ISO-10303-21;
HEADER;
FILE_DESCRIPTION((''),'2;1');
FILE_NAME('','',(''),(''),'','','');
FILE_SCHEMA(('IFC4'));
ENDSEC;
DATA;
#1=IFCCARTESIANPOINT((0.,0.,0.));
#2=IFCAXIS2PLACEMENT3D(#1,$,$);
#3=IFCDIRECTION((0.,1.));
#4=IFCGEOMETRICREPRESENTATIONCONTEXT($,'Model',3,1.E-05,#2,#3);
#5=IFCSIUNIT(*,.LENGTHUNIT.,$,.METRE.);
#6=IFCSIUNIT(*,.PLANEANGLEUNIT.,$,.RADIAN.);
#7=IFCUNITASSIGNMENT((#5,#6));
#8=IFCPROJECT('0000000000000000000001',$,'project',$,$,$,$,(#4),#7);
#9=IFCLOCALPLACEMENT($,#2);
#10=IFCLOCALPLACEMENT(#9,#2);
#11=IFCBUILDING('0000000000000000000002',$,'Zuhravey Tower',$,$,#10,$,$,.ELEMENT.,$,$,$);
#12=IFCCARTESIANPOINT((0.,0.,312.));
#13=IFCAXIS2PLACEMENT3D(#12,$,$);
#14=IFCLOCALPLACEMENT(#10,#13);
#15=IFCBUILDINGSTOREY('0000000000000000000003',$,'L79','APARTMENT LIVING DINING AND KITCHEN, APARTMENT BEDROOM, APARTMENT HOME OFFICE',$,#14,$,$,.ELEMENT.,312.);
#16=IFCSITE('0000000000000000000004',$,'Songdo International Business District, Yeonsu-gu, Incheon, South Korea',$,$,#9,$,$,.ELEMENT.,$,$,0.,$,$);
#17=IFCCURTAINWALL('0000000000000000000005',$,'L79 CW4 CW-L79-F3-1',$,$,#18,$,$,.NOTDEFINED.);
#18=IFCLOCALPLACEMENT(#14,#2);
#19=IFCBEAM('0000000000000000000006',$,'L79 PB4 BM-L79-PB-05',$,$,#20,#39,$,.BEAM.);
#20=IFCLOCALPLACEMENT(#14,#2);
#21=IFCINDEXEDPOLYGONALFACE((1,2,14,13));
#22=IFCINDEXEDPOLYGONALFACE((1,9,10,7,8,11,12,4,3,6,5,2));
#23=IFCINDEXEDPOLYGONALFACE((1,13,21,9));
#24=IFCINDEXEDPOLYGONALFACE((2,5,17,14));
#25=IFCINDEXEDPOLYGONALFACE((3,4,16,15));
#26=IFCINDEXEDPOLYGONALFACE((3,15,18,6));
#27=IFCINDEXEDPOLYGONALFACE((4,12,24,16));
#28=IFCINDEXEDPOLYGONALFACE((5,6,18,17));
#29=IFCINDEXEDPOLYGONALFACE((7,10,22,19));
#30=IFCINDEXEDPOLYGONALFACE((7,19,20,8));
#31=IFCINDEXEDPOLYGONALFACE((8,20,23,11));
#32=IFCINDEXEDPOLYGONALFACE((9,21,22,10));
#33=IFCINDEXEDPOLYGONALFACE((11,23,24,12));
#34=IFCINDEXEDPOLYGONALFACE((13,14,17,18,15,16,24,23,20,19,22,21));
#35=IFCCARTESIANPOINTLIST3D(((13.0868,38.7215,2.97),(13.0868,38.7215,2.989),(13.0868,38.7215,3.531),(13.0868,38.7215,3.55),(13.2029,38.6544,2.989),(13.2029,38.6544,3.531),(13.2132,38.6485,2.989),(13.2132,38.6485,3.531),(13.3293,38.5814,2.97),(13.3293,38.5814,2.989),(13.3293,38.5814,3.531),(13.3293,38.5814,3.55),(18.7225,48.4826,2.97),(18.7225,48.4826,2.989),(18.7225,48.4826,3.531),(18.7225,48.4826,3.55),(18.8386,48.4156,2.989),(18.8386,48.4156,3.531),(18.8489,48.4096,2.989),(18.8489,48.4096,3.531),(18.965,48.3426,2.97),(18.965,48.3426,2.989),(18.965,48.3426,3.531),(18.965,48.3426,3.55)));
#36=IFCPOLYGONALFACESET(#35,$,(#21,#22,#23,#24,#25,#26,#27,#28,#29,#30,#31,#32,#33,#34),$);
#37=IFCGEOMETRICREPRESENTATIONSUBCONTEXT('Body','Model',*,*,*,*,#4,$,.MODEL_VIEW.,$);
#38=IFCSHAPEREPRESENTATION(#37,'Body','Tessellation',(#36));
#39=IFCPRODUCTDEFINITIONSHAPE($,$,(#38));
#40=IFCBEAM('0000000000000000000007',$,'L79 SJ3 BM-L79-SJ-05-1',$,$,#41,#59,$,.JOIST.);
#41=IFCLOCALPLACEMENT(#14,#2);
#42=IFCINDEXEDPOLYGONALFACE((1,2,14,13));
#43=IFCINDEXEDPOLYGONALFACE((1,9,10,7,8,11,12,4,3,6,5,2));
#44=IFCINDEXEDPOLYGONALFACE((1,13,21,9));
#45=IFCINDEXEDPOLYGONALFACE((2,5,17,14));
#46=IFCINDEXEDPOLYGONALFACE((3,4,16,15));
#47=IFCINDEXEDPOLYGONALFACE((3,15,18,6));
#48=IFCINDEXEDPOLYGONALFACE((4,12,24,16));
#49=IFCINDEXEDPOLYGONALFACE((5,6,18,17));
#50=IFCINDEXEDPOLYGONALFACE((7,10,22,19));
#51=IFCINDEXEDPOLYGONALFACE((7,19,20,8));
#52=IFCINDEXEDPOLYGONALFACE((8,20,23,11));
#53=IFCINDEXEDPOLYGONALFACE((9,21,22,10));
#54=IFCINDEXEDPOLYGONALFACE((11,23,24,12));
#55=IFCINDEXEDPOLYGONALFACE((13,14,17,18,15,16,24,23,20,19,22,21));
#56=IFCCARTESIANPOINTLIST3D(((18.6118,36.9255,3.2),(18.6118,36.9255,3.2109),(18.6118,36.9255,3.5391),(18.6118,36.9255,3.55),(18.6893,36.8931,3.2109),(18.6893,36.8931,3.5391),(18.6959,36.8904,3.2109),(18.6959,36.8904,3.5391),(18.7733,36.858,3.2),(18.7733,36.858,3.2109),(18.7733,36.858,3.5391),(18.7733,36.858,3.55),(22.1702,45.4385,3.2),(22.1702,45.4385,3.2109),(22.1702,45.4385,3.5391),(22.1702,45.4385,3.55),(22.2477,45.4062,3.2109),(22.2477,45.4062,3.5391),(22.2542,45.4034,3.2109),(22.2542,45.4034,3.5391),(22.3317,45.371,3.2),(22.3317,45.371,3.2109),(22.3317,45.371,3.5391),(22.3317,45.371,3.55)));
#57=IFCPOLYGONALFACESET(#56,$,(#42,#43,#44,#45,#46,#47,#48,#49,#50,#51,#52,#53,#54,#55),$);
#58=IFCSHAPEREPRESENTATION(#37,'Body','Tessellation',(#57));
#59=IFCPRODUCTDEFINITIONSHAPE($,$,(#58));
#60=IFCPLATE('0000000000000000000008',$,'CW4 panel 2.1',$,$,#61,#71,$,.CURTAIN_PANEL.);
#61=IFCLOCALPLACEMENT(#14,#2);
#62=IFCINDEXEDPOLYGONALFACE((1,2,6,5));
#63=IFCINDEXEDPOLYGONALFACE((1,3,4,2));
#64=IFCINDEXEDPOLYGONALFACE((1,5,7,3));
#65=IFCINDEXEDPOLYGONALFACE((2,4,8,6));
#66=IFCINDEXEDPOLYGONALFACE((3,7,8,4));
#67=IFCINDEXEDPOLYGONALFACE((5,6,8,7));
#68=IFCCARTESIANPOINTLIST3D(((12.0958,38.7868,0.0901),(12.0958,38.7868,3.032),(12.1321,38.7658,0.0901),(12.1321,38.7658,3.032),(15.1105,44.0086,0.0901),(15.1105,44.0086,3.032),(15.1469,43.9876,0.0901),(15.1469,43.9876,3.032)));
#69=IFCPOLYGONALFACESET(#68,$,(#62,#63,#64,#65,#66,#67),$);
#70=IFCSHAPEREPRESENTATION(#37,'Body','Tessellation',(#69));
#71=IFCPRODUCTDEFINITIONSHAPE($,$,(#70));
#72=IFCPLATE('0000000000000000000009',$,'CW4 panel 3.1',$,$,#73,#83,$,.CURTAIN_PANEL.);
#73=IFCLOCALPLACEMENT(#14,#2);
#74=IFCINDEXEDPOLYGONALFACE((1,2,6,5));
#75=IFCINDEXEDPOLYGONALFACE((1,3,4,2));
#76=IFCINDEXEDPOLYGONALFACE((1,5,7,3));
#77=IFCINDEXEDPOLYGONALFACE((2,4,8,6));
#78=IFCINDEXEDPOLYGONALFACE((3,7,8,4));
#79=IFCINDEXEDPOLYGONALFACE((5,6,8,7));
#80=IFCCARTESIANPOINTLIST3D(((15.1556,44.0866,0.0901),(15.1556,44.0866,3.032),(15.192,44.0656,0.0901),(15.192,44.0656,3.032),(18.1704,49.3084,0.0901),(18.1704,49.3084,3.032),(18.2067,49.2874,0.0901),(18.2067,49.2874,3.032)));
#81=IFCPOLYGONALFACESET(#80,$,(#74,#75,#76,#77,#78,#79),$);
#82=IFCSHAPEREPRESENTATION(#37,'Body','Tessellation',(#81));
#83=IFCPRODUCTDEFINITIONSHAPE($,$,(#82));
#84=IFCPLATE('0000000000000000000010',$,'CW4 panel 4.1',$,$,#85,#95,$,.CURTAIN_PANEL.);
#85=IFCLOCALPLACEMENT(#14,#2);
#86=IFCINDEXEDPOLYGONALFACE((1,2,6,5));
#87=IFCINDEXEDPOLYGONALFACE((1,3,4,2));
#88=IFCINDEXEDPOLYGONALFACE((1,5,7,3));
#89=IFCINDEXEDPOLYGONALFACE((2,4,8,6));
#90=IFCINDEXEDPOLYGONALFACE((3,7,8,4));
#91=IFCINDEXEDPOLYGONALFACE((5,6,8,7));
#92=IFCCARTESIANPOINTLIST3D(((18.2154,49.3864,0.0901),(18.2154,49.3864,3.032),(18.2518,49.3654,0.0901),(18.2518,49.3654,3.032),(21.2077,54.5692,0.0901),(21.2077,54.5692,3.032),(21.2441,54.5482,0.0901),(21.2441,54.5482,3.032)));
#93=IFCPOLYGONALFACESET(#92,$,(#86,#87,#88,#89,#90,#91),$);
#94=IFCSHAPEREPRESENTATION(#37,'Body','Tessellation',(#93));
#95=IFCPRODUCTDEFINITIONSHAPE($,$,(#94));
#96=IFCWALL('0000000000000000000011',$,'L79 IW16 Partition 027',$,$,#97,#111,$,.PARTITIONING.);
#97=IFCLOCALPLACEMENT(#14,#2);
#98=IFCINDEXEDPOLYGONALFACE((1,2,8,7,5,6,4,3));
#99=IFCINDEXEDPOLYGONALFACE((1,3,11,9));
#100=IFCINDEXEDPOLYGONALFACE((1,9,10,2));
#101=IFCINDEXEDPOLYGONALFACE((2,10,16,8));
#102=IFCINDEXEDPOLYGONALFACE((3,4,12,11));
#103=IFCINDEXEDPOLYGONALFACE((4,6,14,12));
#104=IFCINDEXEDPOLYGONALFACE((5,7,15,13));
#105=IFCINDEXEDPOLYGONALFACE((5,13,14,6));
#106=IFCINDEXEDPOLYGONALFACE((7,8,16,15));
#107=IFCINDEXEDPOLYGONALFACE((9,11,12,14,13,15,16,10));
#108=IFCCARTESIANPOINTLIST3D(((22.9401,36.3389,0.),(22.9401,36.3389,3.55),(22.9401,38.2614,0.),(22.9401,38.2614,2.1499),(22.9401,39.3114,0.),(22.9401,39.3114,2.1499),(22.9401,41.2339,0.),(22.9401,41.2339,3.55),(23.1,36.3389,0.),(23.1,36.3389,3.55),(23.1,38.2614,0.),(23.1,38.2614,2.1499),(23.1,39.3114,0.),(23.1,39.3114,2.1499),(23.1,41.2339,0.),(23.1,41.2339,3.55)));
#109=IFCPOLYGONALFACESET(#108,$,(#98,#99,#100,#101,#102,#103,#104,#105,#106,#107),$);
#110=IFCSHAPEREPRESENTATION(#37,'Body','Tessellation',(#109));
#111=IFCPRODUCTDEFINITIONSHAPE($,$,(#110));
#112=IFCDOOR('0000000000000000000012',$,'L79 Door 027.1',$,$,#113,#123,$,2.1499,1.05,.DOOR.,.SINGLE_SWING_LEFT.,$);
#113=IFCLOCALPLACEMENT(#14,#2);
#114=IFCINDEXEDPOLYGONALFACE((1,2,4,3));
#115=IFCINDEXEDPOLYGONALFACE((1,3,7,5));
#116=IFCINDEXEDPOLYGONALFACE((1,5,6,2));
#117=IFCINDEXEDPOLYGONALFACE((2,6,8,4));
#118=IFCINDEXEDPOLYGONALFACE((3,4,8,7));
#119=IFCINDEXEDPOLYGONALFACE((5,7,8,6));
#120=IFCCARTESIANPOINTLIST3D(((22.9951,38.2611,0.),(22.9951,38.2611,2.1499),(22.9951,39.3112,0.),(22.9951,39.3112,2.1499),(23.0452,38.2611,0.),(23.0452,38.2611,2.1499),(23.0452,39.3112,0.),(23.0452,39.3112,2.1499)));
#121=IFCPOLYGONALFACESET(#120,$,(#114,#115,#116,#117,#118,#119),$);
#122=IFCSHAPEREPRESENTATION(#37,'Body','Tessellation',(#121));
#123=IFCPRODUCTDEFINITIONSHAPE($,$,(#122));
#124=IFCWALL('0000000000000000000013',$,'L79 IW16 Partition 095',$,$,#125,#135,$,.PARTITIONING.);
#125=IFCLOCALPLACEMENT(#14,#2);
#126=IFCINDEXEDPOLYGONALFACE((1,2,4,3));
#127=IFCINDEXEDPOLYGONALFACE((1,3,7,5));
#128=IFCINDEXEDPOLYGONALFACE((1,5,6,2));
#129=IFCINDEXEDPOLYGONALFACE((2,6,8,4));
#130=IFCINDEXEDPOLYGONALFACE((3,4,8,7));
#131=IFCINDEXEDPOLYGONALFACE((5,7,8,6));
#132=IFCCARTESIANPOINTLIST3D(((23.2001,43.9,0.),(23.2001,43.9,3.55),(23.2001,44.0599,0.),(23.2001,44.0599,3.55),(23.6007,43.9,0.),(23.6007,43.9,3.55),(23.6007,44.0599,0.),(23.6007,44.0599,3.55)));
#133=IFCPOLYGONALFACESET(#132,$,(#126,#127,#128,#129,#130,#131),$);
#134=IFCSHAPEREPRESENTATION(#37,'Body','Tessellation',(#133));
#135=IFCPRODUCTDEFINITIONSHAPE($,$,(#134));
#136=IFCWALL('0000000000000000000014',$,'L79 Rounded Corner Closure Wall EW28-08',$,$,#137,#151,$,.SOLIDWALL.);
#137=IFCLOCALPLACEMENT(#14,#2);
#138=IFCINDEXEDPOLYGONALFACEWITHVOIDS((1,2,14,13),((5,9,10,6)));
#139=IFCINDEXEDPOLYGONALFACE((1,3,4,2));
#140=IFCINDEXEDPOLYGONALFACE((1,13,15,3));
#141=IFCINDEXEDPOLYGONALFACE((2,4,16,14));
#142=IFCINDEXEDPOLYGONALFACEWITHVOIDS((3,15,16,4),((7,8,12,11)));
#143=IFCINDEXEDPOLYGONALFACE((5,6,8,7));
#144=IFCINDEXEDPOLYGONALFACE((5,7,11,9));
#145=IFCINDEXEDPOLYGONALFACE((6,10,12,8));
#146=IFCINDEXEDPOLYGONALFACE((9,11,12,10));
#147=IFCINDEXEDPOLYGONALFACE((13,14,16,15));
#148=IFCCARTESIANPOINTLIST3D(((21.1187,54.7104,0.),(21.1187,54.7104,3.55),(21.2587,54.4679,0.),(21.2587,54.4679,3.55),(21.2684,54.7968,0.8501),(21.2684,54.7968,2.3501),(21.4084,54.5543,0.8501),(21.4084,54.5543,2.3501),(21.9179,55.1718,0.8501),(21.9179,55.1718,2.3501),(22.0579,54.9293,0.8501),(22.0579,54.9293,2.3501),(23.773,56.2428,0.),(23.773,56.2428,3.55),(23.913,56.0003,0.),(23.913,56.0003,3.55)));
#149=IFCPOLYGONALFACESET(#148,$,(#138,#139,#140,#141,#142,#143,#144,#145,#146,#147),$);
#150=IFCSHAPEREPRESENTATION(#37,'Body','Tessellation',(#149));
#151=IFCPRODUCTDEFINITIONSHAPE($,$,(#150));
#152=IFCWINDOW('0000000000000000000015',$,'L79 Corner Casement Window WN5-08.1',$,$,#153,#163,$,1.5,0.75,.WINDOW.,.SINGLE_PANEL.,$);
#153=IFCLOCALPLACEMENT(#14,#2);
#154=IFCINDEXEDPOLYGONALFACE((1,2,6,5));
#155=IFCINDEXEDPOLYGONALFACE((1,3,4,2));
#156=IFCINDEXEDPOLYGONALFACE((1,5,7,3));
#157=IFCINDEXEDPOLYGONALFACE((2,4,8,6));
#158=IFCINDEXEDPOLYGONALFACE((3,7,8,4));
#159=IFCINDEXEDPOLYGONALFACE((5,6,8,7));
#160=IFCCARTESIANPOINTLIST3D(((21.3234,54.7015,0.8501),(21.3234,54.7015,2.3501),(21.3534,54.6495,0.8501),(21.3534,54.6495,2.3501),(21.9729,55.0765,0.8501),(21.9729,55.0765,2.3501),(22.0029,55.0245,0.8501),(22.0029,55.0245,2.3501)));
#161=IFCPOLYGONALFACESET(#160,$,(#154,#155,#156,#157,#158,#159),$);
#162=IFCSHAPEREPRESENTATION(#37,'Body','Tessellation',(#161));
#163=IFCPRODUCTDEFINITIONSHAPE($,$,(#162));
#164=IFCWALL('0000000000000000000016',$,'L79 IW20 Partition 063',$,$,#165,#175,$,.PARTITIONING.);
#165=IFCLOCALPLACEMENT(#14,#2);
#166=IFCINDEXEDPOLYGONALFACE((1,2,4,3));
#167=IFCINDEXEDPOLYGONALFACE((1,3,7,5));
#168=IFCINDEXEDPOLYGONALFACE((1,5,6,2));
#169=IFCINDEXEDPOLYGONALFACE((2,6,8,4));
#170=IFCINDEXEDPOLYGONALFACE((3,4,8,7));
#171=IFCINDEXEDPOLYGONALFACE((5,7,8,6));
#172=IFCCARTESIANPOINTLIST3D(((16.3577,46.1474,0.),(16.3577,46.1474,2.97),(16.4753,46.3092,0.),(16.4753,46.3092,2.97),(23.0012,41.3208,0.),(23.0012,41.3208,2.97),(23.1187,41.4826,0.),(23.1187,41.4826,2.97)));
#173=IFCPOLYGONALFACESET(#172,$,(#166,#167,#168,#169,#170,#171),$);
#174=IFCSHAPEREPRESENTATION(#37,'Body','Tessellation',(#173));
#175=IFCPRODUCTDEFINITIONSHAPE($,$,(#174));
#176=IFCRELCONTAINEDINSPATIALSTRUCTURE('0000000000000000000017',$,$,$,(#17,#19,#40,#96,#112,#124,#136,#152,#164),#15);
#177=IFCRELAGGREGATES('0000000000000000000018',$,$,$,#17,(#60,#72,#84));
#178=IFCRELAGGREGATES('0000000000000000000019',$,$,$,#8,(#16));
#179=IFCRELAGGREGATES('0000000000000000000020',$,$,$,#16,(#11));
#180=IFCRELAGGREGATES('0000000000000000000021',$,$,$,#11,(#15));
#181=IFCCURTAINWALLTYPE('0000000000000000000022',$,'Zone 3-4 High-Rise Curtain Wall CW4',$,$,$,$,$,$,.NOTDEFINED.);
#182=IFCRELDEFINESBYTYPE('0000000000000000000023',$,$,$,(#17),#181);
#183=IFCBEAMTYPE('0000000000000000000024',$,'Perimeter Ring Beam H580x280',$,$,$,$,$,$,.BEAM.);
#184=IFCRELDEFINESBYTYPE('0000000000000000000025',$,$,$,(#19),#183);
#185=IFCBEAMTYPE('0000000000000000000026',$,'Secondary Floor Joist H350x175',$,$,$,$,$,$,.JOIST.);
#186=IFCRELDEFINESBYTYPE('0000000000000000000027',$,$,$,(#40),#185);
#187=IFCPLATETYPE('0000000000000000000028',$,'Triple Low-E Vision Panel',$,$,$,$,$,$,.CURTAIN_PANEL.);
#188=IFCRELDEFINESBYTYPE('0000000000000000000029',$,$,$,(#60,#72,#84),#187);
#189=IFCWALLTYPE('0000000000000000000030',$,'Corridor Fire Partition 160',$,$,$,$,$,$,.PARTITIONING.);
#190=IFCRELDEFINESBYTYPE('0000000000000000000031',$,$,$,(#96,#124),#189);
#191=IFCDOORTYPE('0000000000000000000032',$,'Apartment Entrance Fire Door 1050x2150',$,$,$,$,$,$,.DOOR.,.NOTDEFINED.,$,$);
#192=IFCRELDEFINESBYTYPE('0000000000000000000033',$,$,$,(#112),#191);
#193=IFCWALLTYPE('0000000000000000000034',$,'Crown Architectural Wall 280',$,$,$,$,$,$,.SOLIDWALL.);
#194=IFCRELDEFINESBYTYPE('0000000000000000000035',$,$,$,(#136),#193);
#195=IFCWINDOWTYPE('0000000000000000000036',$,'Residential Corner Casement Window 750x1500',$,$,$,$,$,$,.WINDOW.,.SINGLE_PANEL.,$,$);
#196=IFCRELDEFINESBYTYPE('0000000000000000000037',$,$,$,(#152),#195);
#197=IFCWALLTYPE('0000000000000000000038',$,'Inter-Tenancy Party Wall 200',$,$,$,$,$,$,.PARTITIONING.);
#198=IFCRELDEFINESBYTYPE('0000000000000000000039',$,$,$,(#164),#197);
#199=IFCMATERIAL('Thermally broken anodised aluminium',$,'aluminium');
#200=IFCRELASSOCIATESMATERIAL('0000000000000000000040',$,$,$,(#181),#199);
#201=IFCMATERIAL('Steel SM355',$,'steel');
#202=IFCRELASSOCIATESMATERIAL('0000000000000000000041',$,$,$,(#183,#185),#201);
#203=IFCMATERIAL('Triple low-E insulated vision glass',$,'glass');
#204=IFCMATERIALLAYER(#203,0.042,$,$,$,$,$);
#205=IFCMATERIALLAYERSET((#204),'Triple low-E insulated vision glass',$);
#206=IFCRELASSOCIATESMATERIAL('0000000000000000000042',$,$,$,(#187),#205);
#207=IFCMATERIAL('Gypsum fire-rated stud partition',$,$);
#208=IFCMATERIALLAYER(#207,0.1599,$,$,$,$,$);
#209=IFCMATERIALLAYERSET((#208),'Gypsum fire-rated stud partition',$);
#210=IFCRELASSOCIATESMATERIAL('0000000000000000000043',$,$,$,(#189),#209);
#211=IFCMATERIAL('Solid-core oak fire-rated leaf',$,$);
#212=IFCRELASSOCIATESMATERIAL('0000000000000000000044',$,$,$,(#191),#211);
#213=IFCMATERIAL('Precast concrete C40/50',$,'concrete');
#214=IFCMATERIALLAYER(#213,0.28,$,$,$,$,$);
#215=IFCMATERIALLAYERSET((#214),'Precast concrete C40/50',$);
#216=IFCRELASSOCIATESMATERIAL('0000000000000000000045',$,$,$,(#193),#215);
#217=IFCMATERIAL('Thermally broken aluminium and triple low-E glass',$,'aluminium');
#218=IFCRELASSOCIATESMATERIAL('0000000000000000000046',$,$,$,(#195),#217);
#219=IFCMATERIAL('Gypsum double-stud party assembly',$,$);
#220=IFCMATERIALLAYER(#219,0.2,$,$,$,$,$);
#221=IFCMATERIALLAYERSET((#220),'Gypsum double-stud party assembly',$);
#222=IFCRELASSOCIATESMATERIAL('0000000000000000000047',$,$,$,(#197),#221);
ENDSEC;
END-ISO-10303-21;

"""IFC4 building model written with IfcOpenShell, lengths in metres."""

from ifc_helpers import new_model, si_unit, direction, frame, frame_2d, origin, origin_2d, place, context, subcontext, project, spatial, rectangle, i_section, extrude, material, layer, layer_set, material_profile, profile_set, type_object, element, fill, aggregate, save


model = new_model("IFC4")

# Units and contexts
model_context = context("Model", 3, precision=1e-05, world=origin(), true_north=direction((0.0, 1.0)))
body_context = subcontext(model_context, "Body", "Model", "MODEL_VIEW")
ifc_project = project(units=[si_unit("LENGTHUNIT", "METRE"), si_unit("PLANEANGLEUNIT", "RADIAN")], contexts=[model_context])

# Site, building, storey
site_placement = place(None, origin())
site = spatial("IfcSite", under=ifc_project, at=site_placement, Name="Songdo International Business District, Yeonsu-gu, Incheon, South Korea", CompositionType="ELEMENT", RefElevation=0.0)
building_placement = place(site_placement, origin())
building = spatial("IfcBuilding", under=site, at=building_placement, Name="Zuhravey Tower", CompositionType="ELEMENT")
storey_placement = place(building_placement, frame((0.0, 0.0, 312.0)))
storey = spatial("IfcBuildingStorey", under=building, at=storey_placement, Name="L79", Description="APARTMENT LIVING DINING AND KITCHEN, APARTMENT BEDROOM, APARTMENT HOME OFFICE", CompositionType="ELEMENT", Elevation=312.0)

# Curtain wall
ifc_material_1 = material(Name="Thermally broken anodised aluminium", Category="aluminium")
curtain_wall_type = type_object("IfcCurtainWallType", Name="Zone 3-4 High-Rise Curtain Wall CW4", PredefinedType="NOTDEFINED", material=ifc_material_1)
curtain_wall_1_placement = place(storey_placement, origin())
curtain_wall_1 = element("IfcCurtainWall", 1, at=curtain_wall_1_placement, inside=storey, type_object=curtain_wall_type, Name="L79 CW4 CW-L79-F3-1", PredefinedType="NOTDEFINED")

# Beams
ifc_material_2 = material(Name="Steel SM355", Category="steel")
ifc_material_profile_1 = material_profile(ifc_material_2, i_section(OverallWidth=0.28, OverallDepth=0.5801, WebThickness=0.012, FlangeThickness=0.019, at=origin_2d()), Name="H-580x280x12x19")
ifc_profile_set_1 = profile_set([ifc_material_profile_1], Name="Steel SM355")
beam_type_1 = type_object("IfcBeamType", Name="Perimeter Ring Beam H580x280", PredefinedType="BEAM", material=ifc_profile_set_1)
beam_1_placement = place(storey_placement, frame((18.8438, 48.4126, 3.26), z_axis=(-0.500006, -0.866022, 0.0), x_axis=(0.866022, -0.500006, 0.0)))
element("IfcBeam", 2, at=beam_1_placement, inside=storey, type_object=beam_type_1, Name="L79 PB4 BM-L79-PB-05", PredefinedType="BEAM", context=body_context, shape_type="SweptSolid", body=[
    extrude(i_section(OverallWidth=0.28, OverallDepth=0.5801, WebThickness=0.012, FlangeThickness=0.019, at=origin_2d()), origin(), (0.0, 0.0, 1.0), 11.2712),
])
ifc_material_profile_2 = material_profile(ifc_material_2, i_section(OverallWidth=0.175, OverallDepth=0.3501, WebThickness=0.0071, FlangeThickness=0.011, at=origin_2d()), Name="H-350x175x7x11")
ifc_profile_set_2 = profile_set([ifc_material_profile_2], Name="Steel SM355")
beam_type_2 = type_object("IfcBeamType", Name="Secondary Floor Joist H350x175", PredefinedType="JOIST", material=ifc_profile_set_2)
beam_2_placement = place(storey_placement, frame((22.251, 45.4048, 3.375), z_axis=(-0.385658, -0.922642, 0.0), x_axis=(0.922642, -0.385658, 0.0)))
element("IfcBeam", 3, at=beam_2_placement, inside=storey, type_object=beam_type_2, Name="L79 SJ3 BM-L79-SJ-05-1", PredefinedType="JOIST", context=body_context, shape_type="SweptSolid", body=[
    extrude(i_section(OverallWidth=0.175, OverallDepth=0.3501, WebThickness=0.0071, FlangeThickness=0.011, at=origin_2d()), origin(), (0.0, 0.0, 1.0), 9.2268),
])

# Plates
ifc_material_3 = material(Name="Triple low-E insulated vision glass", Category="glass")
ifc_layer_1 = layer(ifc_material_3, 0.042)
ifc_layer_set_1 = layer_set([ifc_layer_1], Name="Triple low-E insulated vision glass")
plate_type = type_object("IfcPlateType", Name="Triple Low-E Vision Panel", PredefinedType="CURTAIN_PANEL", material=ifc_layer_set_1)
plate_1_placement = place(storey_placement, frame((13.6213, 41.3872, 0.0901), z_axis=(0.0, 0.0, 1.0), x_axis=(0.5, 0.866026, 0.0)))
plate_1 = element("IfcPlate", 4, at=plate_1_placement, type_object=plate_type, Name="CW4 panel 2.1", PredefinedType="CURTAIN_PANEL", context=body_context, shape_type="SweptSolid", body=[
    extrude(rectangle(XDim=6.0295, YDim=0.042, at=origin_2d()), origin(), (0.0, 0.0, 1.0), 2.9419),
])
plate_2_placement = place(storey_placement, frame((16.6812, 46.687, 0.0901), z_axis=(0.0, 0.0, 1.0), x_axis=(0.5, 0.866026, 0.0)))
plate_2 = element("IfcPlate", 5, at=plate_2_placement, type_object=plate_type, Name="CW4 panel 3.1", PredefinedType="CURTAIN_PANEL", context=body_context, shape_type="SweptSolid", body=[
    extrude(rectangle(XDim=6.0295, YDim=0.042, at=origin_2d()), origin(), (0.0, 0.0, 1.0), 2.9419),
])
plate_3_placement = place(storey_placement, frame((19.7297, 51.9673, 0.0901), z_axis=(0.0, 0.0, 1.0), x_axis=(0.5, 0.866026, 0.0)))
plate_3 = element("IfcPlate", 6, at=plate_3_placement, type_object=plate_type, Name="CW4 panel 4.1", PredefinedType="CURTAIN_PANEL", context=body_context, shape_type="SweptSolid", body=[
    extrude(rectangle(XDim=5.9846, YDim=0.042, at=origin_2d()), origin(), (0.0, 0.0, 1.0), 2.9419),
])
aggregate(curtain_wall_1, [plate_1, plate_2, plate_3])

# Wall, opening, door
ifc_material_4 = material(Name="Gypsum fire-rated stud partition")
ifc_layer_2 = layer(ifc_material_4, 0.1599)
ifc_layer_set_2 = layer_set([ifc_layer_2], Name="Gypsum fire-rated stud partition")
wall_type_1 = type_object("IfcWallType", Name="Corridor Fire Partition 160", PredefinedType="PARTITIONING", material=ifc_layer_set_2)
wall_1_placement = place(storey_placement, frame((23.02, 41.2339, 0.0), z_axis=(0.0, 0.0, 1.0), x_axis=(0.0, -1.0, 0.0)))
wall_1 = element("IfcWall", 7, at=wall_1_placement, inside=storey, type_object=wall_type_1, Name="L79 IW16 Partition 027", PredefinedType="PARTITIONING", context=body_context, shape_type="SweptSolid", body=[
    extrude(rectangle(XDim=4.895, YDim=0.1599, at=frame_2d((2.4475, 0.0))), origin(), (0.0, 0.0, 1.0), 3.55),
])
opening_1_placement = place(wall_1_placement, frame((1.9226, 0.0, 0.0)))
opening_1 = element("IfcOpeningElement", 8, at=opening_1_placement, cuts=wall_1, PredefinedType="OPENING", context=body_context, shape_type="SweptSolid", body=[
    extrude(rectangle(XDim=1.05, YDim=2.1499, at=frame_2d((0.5249, 1.075))), frame((0.0, 0.092, 0.0), z_axis=(0.0, -1.0, 0.0), x_axis=(1.0, 0.0, 0.0)), (0.0, 0.0, 1.0), 0.1838),
])
ifc_material_5 = material(Name="Solid-core oak fire-rated leaf")
door_type = type_object("IfcDoorType", Name="Apartment Entrance Fire Door 1050x2150", OperationType="NOTDEFINED", PredefinedType="DOOR", material=ifc_material_5)
door_placement = place(opening_1_placement, frame((1.05, 0.0, 0.0), z_axis=(0.0, 0.0, 1.0), x_axis=(-1.0, 0.0, 0.0)))
door = element("IfcDoor", 9, at=door_placement, inside=storey, type_object=door_type, Name="L79 Door 027.1", OperationType="SINGLE_SWING_LEFT", OverallHeight=2.1499, OverallWidth=1.05, PredefinedType="DOOR", context=body_context, shape_type="SweptSolid", body=[
    extrude(rectangle(XDim=1.05, YDim=2.1499, at=frame_2d((0.5249, 1.075))), frame((0.0, 0.0249, 0.0), z_axis=(0.0, -1.0, 0.0), x_axis=(1.0, 0.0, 0.0)), (0.0, 0.0, 1.0), 0.05),
])
fill(opening_1, door)

# Wall
wall_2_placement = place(storey_placement, frame((23.6006, 43.98, 0.0), z_axis=(0.0, 0.0, 1.0), x_axis=(-1.0, 0.0, 0.0)))
element("IfcWall", 10, at=wall_2_placement, inside=storey, type_object=wall_type_1, Name="L79 IW16 Partition 095", PredefinedType="PARTITIONING", context=body_context, shape_type="SweptSolid", body=[
    extrude(rectangle(XDim=0.4006, YDim=0.1599, at=frame_2d((0.2002, 0.0))), origin(), (0.0, 0.0, 1.0), 3.55),
])

# Wall, opening, window
ifc_material_6 = material(Name="Precast concrete C40/50", Category="concrete")
ifc_layer_3 = layer(ifc_material_6, 0.28)
ifc_layer_set_3 = layer_set([ifc_layer_3], Name="Precast concrete C40/50")
wall_type_2 = type_object("IfcWallType", Name="Crown Architectural Wall 280", PredefinedType="SOLIDWALL", material=ifc_layer_set_3)
wall_3_placement = place(storey_placement, frame((21.1887, 54.5891, 0.0), z_axis=(0.0, 0.0, 1.0), x_axis=(0.866024, 0.500003, 0.0)))
wall_3 = element("IfcWall", 11, at=wall_3_placement, inside=storey, type_object=wall_type_2, Name="L79 Rounded Corner Closure Wall EW28-08", PredefinedType="SOLIDWALL", context=body_context, shape_type="SweptSolid", body=[
    extrude(rectangle(XDim=3.0649, YDim=0.28, at=frame_2d((1.5325, 0.0))), origin(), (0.0, 0.0, 1.0), 3.55),
])
opening_2_placement = place(wall_3_placement, frame((0.1729, 0.0, 0.8501)))
opening_2 = element("IfcOpeningElement", 12, at=opening_2_placement, cuts=wall_3, PredefinedType="OPENING", context=body_context, shape_type="SweptSolid", body=[
    extrude(rectangle(XDim=0.75, YDim=1.5, at=frame_2d((0.375, 0.75))), frame((0.0, 0.1521, 0.0), z_axis=(0.0, -1.0, 0.0), x_axis=(1.0, 0.0, 0.0)), (0.0, 0.0, 1.0), 0.304),
])
ifc_material_7 = material(Name="Thermally broken aluminium and triple low-E glass", Category="aluminium")
window_type = type_object("IfcWindowType", Name="Residential Corner Casement Window 750x1500", PartitioningType="SINGLE_PANEL", PredefinedType="WINDOW", material=ifc_material_7)
window_placement = place(opening_2_placement, origin())
window = element("IfcWindow", 13, at=window_placement, inside=storey, type_object=window_type, Name="L79 Corner Casement Window WN5-08.1", OverallHeight=1.5, OverallWidth=0.75, PartitioningType="SINGLE_PANEL", PredefinedType="WINDOW", context=body_context, shape_type="SweptSolid", body=[
    extrude(rectangle(XDim=0.75, YDim=1.5, at=frame_2d((0.375, 0.75))), frame((0.0, 0.03, 0.0), z_axis=(0.0, -1.0, 0.0), x_axis=(1.0, 0.0, 0.0)), (0.0, 0.0, 1.0), 0.0601),
])
fill(opening_2, window)

# Wall
ifc_material_8 = material(Name="Gypsum double-stud party assembly")
ifc_layer_4 = layer(ifc_material_8, 0.2)
ifc_layer_set_4 = layer_set([ifc_layer_4], Name="Gypsum double-stud party assembly")
wall_type_3 = type_object("IfcWallType", Name="Inter-Tenancy Party Wall 200", PredefinedType="PARTITIONING", material=ifc_layer_set_4)
wall_4_placement = place(storey_placement, frame((23.0601, 41.4016, 0.0), z_axis=(0.0, 0.0, 1.0), x_axis=(-0.809027, 0.587772, 0.0)))
element("IfcWall", 14, at=wall_4_placement, inside=storey, type_object=wall_type_3, Name="L79 IW20 Partition 063", PredefinedType="PARTITIONING", context=body_context, shape_type="SweptSolid", body=[
    extrude(rectangle(XDim=8.2117, YDim=0.2, at=frame_2d((4.106, 0.0))), origin(), (0.0, 0.0, 1.0), 2.97),
])

save(model, "model.ifc")
